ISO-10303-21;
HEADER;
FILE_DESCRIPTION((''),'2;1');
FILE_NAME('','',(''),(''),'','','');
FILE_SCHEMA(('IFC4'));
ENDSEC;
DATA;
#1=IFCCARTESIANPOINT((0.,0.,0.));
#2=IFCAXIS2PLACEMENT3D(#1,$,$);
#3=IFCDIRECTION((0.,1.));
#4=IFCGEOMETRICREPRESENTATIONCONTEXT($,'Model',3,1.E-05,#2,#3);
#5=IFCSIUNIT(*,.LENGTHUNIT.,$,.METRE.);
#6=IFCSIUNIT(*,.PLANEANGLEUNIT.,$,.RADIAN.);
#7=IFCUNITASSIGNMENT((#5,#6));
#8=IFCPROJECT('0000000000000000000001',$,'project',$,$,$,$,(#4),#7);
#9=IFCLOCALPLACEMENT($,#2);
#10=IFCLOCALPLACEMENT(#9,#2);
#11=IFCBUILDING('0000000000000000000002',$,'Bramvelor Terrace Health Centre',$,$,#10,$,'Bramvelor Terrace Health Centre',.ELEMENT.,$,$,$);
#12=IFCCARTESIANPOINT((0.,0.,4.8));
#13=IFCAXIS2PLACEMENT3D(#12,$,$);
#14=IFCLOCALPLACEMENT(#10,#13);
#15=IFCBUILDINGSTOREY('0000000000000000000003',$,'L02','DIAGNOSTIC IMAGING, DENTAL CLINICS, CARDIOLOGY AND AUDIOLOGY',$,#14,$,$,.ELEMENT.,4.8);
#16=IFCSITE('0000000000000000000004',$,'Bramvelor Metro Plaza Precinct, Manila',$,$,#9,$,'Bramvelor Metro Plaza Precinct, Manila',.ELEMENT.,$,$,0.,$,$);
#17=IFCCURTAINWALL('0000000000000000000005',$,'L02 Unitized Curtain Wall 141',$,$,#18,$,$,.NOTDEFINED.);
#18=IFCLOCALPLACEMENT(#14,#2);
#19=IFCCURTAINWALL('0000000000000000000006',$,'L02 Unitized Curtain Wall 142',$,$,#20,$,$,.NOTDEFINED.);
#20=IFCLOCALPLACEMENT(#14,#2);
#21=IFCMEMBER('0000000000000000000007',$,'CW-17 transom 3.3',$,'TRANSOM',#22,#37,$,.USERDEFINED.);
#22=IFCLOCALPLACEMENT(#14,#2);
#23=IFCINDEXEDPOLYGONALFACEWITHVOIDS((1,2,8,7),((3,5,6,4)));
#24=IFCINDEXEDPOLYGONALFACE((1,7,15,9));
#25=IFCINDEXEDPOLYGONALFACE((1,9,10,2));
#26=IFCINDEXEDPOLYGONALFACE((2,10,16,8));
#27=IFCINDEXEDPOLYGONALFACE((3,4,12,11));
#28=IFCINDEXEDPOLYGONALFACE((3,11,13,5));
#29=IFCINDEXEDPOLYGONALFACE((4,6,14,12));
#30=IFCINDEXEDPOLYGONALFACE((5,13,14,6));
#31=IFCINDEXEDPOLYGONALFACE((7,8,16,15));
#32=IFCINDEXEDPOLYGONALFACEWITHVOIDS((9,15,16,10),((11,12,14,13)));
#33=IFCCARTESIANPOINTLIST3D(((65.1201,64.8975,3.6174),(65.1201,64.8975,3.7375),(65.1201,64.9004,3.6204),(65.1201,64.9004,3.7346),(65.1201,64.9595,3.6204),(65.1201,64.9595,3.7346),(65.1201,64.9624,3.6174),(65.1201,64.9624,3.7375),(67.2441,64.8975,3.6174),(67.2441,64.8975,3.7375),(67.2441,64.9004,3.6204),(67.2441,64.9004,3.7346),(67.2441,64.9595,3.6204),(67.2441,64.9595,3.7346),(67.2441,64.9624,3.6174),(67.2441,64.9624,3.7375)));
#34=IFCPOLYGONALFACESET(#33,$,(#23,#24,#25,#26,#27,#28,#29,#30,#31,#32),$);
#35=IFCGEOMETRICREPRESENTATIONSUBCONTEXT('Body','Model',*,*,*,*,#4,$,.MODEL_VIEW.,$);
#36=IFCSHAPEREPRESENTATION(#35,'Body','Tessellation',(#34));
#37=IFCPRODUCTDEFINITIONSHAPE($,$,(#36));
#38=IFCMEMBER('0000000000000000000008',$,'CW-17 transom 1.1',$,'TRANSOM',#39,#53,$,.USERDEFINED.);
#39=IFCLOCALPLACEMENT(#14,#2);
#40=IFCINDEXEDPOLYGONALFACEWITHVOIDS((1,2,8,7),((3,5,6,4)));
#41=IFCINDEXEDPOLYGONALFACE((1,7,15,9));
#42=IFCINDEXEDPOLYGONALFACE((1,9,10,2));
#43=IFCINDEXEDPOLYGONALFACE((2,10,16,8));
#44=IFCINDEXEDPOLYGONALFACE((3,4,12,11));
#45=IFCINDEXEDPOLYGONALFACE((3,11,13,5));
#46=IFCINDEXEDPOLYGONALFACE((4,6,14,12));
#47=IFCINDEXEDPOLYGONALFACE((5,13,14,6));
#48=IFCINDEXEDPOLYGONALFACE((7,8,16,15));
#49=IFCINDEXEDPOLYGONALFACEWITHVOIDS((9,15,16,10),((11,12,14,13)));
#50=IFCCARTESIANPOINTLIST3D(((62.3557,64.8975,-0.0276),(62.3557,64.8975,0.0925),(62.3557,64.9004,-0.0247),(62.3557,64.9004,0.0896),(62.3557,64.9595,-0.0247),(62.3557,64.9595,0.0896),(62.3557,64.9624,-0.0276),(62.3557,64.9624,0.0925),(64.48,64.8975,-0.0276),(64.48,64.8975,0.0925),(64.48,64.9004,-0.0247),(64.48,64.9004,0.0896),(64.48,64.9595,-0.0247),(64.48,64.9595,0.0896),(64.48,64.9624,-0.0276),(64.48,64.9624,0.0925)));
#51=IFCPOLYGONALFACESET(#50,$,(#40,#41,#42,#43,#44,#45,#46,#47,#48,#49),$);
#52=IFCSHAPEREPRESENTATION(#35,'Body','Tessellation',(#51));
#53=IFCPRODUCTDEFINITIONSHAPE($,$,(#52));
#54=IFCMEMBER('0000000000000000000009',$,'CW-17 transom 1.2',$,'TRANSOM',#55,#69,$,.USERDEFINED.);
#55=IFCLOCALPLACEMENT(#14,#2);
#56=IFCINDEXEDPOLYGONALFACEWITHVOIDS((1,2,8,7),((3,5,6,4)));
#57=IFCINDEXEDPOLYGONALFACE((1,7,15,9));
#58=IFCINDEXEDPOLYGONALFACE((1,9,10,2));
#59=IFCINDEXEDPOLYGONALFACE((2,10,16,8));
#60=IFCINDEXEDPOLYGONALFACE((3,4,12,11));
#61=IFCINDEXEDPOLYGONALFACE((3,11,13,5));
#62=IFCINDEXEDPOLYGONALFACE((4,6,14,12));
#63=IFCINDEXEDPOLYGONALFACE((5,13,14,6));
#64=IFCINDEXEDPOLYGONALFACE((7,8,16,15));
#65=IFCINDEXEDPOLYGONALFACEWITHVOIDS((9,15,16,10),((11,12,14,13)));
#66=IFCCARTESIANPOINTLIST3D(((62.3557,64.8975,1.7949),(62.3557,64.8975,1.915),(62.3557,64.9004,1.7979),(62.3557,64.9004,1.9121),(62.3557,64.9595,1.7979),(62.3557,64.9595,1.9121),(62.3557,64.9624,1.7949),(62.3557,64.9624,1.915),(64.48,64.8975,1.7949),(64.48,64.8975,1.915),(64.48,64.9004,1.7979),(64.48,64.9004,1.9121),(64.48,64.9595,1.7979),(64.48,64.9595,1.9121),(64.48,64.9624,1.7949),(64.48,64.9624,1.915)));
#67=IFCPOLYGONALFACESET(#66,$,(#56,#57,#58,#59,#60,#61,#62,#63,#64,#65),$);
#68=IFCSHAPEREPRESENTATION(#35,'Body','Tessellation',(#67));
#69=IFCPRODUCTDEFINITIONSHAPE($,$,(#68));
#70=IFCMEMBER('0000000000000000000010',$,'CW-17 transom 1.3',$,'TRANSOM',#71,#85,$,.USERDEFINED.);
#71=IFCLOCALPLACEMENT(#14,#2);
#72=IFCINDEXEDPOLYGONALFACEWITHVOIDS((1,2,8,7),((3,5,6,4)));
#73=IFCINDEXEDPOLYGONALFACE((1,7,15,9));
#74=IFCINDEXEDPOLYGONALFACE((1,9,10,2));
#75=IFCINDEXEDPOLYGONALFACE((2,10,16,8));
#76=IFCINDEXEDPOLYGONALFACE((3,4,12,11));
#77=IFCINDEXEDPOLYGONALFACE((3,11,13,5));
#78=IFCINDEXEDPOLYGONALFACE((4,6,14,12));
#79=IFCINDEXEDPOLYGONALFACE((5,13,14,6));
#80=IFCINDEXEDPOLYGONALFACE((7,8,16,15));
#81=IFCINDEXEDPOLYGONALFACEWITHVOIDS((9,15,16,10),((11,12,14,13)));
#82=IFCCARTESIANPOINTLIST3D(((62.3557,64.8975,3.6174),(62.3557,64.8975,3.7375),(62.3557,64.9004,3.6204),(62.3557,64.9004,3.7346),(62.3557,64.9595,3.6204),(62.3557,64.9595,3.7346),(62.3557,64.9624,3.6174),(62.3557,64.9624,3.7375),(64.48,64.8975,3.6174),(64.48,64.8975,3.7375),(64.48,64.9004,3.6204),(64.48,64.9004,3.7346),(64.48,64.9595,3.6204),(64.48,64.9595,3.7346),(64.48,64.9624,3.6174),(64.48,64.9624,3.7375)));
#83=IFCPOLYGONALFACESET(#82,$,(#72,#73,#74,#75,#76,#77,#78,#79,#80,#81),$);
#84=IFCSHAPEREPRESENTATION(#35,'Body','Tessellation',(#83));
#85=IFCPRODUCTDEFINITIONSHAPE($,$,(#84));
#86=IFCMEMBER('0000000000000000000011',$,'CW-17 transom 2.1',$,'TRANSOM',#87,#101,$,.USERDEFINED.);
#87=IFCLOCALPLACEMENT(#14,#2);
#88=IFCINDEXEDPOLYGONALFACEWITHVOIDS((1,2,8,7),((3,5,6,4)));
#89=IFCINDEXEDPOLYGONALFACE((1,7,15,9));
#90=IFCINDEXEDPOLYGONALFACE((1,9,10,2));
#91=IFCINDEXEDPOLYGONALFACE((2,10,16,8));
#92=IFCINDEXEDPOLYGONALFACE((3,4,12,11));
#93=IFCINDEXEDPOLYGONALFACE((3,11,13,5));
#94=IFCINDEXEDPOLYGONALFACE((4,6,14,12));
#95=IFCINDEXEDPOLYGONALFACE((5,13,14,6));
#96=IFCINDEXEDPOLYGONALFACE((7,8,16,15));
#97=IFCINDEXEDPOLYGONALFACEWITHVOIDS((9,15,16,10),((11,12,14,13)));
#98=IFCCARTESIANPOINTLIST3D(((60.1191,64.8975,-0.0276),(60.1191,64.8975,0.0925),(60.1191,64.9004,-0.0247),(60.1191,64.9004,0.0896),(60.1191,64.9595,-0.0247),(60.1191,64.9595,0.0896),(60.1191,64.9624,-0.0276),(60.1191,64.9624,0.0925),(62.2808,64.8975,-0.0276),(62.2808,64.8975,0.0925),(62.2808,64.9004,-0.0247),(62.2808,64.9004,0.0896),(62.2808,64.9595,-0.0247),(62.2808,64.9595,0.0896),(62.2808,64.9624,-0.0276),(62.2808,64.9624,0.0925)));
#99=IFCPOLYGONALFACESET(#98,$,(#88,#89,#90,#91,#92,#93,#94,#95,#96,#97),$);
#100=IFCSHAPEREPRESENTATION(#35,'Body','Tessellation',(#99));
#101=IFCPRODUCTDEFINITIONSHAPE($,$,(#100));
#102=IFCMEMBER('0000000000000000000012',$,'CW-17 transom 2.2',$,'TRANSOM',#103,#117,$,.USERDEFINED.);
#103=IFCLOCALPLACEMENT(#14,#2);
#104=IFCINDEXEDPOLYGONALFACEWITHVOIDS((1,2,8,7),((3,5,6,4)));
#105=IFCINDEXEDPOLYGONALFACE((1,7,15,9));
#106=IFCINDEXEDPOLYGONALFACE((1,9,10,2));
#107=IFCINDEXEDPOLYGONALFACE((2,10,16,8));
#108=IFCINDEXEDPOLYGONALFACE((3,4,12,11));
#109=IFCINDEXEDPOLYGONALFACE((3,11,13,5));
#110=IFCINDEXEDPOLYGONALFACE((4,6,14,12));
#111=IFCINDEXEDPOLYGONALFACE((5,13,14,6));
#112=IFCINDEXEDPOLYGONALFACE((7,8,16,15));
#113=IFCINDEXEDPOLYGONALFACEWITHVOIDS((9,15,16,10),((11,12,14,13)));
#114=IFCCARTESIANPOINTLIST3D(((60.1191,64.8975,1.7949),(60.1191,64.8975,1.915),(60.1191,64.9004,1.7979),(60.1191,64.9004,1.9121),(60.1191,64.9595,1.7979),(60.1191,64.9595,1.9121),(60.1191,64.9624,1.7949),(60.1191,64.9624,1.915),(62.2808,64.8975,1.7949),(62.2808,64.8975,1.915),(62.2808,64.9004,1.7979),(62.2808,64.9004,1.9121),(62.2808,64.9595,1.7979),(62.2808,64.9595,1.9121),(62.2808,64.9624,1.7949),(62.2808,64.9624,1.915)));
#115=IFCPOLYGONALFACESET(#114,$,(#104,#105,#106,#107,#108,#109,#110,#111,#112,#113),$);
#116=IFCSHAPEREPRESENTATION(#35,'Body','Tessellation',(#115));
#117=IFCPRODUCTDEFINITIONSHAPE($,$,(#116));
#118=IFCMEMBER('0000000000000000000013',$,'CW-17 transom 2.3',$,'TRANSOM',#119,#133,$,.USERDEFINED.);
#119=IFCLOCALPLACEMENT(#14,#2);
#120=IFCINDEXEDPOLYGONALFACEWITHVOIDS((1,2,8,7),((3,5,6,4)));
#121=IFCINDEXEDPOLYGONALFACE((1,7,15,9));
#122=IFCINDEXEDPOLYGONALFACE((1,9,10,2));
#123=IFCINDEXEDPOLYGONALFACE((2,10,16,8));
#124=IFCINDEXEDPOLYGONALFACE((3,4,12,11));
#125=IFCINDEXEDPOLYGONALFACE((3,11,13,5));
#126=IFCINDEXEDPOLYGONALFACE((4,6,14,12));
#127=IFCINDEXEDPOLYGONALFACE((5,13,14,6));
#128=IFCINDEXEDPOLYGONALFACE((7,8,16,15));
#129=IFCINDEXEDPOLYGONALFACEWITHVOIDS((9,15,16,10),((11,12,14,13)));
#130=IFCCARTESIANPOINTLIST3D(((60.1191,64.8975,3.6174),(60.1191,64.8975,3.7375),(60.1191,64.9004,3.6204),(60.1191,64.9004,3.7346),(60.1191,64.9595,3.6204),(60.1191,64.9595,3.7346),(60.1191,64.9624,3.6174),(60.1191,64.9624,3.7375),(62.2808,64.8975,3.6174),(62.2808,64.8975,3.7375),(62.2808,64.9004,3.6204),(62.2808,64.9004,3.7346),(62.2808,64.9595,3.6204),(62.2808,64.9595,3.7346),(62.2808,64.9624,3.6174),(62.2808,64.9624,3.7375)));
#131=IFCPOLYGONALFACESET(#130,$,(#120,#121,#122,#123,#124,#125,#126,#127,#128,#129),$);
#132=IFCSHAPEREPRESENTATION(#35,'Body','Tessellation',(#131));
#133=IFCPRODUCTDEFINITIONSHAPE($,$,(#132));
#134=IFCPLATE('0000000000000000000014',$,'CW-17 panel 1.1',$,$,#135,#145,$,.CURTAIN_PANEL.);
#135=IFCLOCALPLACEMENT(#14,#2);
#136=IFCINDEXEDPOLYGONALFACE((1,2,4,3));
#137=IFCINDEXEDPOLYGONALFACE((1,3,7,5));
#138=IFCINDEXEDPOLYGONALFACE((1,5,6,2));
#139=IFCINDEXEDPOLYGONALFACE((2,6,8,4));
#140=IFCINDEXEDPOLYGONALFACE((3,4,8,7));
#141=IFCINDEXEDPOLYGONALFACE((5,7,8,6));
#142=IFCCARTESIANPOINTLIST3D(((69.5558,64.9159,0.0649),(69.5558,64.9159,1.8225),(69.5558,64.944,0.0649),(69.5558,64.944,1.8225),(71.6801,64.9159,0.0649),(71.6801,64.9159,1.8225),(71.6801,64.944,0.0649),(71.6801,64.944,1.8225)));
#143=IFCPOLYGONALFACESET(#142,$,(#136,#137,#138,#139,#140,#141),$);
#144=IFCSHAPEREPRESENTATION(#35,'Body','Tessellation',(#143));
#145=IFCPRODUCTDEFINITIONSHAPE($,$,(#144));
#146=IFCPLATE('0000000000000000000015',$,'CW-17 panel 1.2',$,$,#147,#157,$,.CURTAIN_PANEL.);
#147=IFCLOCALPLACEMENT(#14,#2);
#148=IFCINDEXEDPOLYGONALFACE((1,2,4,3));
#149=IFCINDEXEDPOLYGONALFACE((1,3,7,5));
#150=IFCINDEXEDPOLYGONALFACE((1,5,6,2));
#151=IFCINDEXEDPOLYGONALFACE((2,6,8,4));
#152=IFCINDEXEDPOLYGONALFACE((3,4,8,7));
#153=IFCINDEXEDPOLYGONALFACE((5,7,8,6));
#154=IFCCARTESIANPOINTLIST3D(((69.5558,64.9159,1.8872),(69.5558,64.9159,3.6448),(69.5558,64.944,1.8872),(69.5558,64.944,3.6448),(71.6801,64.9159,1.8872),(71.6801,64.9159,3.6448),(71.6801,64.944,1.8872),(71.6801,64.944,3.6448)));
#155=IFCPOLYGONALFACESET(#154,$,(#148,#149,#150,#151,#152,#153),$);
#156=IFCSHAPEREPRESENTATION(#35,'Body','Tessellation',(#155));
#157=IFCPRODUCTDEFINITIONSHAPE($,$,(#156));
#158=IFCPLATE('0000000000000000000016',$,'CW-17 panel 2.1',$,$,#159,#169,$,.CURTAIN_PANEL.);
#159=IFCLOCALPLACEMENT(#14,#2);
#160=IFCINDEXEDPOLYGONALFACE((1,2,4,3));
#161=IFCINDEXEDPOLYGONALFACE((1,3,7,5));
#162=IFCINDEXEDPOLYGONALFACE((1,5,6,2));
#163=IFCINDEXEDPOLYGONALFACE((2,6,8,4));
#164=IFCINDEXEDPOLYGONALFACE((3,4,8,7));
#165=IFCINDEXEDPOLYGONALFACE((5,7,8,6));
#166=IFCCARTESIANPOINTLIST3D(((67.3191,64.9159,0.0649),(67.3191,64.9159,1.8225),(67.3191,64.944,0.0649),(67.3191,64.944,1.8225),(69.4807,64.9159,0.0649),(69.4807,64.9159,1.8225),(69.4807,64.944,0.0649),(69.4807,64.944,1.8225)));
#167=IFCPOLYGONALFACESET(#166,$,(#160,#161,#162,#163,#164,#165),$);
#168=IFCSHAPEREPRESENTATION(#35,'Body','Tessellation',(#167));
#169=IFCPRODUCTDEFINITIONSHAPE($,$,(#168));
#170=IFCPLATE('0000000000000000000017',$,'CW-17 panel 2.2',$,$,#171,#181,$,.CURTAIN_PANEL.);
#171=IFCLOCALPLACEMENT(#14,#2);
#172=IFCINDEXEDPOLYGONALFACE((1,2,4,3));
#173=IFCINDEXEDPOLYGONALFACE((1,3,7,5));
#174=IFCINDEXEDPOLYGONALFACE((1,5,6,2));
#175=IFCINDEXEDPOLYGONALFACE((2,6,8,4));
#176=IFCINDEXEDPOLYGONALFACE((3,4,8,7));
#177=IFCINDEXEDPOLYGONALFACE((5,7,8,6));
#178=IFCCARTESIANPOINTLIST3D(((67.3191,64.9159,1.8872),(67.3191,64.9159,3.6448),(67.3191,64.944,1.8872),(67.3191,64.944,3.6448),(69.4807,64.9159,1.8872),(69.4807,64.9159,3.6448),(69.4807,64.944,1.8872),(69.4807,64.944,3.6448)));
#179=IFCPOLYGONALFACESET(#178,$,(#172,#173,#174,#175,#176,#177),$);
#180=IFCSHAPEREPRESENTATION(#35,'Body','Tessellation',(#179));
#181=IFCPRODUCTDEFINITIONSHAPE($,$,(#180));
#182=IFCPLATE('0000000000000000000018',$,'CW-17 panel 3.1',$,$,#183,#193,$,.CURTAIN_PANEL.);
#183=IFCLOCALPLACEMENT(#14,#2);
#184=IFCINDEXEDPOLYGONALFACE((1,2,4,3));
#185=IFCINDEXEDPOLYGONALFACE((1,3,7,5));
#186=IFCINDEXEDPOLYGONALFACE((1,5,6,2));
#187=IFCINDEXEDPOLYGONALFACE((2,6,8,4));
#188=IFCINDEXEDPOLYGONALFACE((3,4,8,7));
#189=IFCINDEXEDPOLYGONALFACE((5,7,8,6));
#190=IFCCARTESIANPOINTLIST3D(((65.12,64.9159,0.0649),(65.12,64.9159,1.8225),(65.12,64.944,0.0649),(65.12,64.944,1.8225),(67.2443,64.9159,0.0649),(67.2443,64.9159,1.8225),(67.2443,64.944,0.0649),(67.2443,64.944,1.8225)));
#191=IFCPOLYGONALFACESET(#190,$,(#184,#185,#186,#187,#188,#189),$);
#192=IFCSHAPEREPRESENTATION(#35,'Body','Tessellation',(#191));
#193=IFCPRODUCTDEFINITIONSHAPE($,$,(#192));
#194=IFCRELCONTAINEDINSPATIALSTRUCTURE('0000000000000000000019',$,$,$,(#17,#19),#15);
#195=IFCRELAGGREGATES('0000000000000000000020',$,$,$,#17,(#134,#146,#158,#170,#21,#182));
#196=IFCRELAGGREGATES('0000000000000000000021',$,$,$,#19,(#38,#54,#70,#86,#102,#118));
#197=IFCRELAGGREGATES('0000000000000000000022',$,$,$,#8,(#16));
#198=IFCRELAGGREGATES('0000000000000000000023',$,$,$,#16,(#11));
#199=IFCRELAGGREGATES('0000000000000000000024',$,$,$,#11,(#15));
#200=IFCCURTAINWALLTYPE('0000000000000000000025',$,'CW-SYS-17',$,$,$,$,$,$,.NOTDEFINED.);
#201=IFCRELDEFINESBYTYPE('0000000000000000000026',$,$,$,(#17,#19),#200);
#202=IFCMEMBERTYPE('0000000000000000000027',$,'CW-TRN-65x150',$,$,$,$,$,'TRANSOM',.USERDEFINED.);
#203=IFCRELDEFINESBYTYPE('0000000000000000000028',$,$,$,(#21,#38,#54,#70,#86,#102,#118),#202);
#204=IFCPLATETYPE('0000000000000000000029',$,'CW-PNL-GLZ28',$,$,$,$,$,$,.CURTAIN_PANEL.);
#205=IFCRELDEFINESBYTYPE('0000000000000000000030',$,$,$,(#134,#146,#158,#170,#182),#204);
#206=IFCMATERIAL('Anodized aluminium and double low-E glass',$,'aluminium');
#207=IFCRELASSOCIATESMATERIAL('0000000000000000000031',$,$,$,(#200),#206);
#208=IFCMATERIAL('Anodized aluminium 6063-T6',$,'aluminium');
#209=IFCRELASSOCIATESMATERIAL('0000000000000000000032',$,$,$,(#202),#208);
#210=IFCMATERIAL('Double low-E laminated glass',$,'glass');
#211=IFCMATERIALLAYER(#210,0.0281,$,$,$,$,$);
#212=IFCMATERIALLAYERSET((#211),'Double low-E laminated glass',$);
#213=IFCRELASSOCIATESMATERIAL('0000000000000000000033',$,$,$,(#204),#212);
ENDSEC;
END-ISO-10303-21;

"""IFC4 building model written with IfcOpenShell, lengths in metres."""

from ifc_helpers import new_model, si_unit, direction, frame, origin, origin_2d, place, context, subcontext, project, spatial, rectangle, hollow_rectangle, extrude, material, layer, layer_set, material_profile, profile_set, type_object, element, aggregate, save


model = new_model("IFC4")

# Units and contexts
model_context = context("Model", 3, precision=1e-05, world=origin(), true_north=direction((0.0, 1.0)))
body_context = subcontext(model_context, "Body", "Model", "MODEL_VIEW")
ifc_project = project(units=[si_unit("LENGTHUNIT", "METRE"), si_unit("PLANEANGLEUNIT", "RADIAN")], contexts=[model_context])

# Site, building, storey
site_placement = place(None, origin())
site = spatial("IfcSite", under=ifc_project, at=site_placement, Name="Bramvelor Metro Plaza Precinct, Manila", LongName="Bramvelor Metro Plaza Precinct, Manila", CompositionType="ELEMENT", RefElevation=0.0)
building_placement = place(site_placement, origin())
building = spatial("IfcBuilding", under=site, at=building_placement, Name="Bramvelor Terrace Health Centre", LongName="Bramvelor Terrace Health Centre", CompositionType="ELEMENT")
storey_placement = place(building_placement, frame((0.0, 0.0, 4.8)))
storey = spatial("IfcBuildingStorey", under=building, at=storey_placement, Name="L02", Description="DIAGNOSTIC IMAGING, DENTAL CLINICS, CARDIOLOGY AND AUDIOLOGY", CompositionType="ELEMENT", Elevation=4.8)

# Shared definitions
ifc_material_1 = material(Name="Anodized aluminium and double low-E glass", Category="aluminium")
curtain_wall_type = type_object("IfcCurtainWallType", Name="CW-SYS-17", PredefinedType="NOTDEFINED", material=ifc_material_1)

# Curtain walls
curtain_wall_1_placement = place(storey_placement, origin())
curtain_wall_1 = element("IfcCurtainWall", 1, at=curtain_wall_1_placement, inside=storey, type_object=curtain_wall_type, Name="L02 Unitized Curtain Wall 141", PredefinedType="NOTDEFINED")
curtain_wall_2_placement = place(storey_placement, origin())
curtain_wall_2 = element("IfcCurtainWall", 2, at=curtain_wall_2_placement, inside=storey, type_object=curtain_wall_type, Name="L02 Unitized Curtain Wall 142", PredefinedType="NOTDEFINED")

# Members
ifc_material_2 = material(Name="Anodized aluminium 6063-T6", Category="aluminium")
ifc_material_profile_1 = material_profile(ifc_material_2, hollow_rectangle(XDim=0.0649, YDim=0.1201, WallThickness=0.0029, at=origin_2d()), Name="ALU-TRN 65x120x3.0")
ifc_profile_set_1 = profile_set([ifc_material_profile_1], Name="Anodized aluminium 6063-T6")
member_type_1 = type_object("IfcMemberType", Name="CW-TRN-65x150", ElementType="TRANSOM", PredefinedType="USERDEFINED", material=ifc_profile_set_1)
member_1_placement = place(storey_placement, frame((67.2441, 64.9299, 3.6775), z_axis=(-1.0, 0.0, 0.0), x_axis=(0.0, -1.0, 0.0)))
member_1 = element("IfcMember", 3, at=member_1_placement, type_object=member_type_1, Name="CW-17 transom 3.3", ObjectType="TRANSOM", PredefinedType="USERDEFINED", context=body_context, shape_type="SweptSolid", body=[
    extrude(hollow_rectangle(XDim=0.0649, YDim=0.1201, WallThickness=0.0029, at=origin_2d()), origin(), (0.0, 0.0, 1.0), 2.124),
])
member_2_placement = place(storey_placement, frame((64.48, 64.9299, 0.0325), z_axis=(-1.0, 0.0, 0.0), x_axis=(0.0, -1.0, 0.0)))
member_2 = element("IfcMember", 4, at=member_2_placement, type_object=member_type_1, Name="CW-17 transom 1.1", ObjectType="TRANSOM", PredefinedType="USERDEFINED", context=body_context, shape_type="SweptSolid", body=[
    extrude(hollow_rectangle(XDim=0.0649, YDim=0.1201, WallThickness=0.0029, at=origin_2d()), origin(), (0.0, 0.0, 1.0), 2.1243),
])
member_3_placement = place(storey_placement, frame((64.48, 64.9299, 1.855), z_axis=(-1.0, 0.0, 0.0), x_axis=(0.0, -1.0, 0.0)))
member_3 = element("IfcMember", 5, at=member_3_placement, type_object=member_type_1, Name="CW-17 transom 1.2", ObjectType="TRANSOM", PredefinedType="USERDEFINED", context=body_context, shape_type="SweptSolid", body=[
    extrude(hollow_rectangle(XDim=0.0649, YDim=0.1201, WallThickness=0.0029, at=origin_2d()), origin(), (0.0, 0.0, 1.0), 2.1243),
])
member_4_placement = place(storey_placement, frame((64.48, 64.9299, 3.6775), z_axis=(-1.0, 0.0, 0.0), x_axis=(0.0, -1.0, 0.0)))
member_4 = element("IfcMember", 6, at=member_4_placement, type_object=member_type_1, Name="CW-17 transom 1.3", ObjectType="TRANSOM", PredefinedType="USERDEFINED", context=body_context, shape_type="SweptSolid", body=[
    extrude(hollow_rectangle(XDim=0.0649, YDim=0.1201, WallThickness=0.0029, at=origin_2d()), origin(), (0.0, 0.0, 1.0), 2.1243),
])
member_5_placement = place(storey_placement, frame((62.2808, 64.9299, 0.0325), z_axis=(-1.0, 0.0, 0.0), x_axis=(0.0, -1.0, 0.0)))
member_5 = element("IfcMember", 7, at=member_5_placement, type_object=member_type_1, Name="CW-17 transom 2.1", ObjectType="TRANSOM", PredefinedType="USERDEFINED", context=body_context, shape_type="SweptSolid", body=[
    extrude(hollow_rectangle(XDim=0.0649, YDim=0.1201, WallThickness=0.0029, at=origin_2d()), origin(), (0.0, 0.0, 1.0), 2.1616),
])
member_6_placement = place(storey_placement, frame((62.2808, 64.9299, 1.855), z_axis=(-1.0, 0.0, 0.0), x_axis=(0.0, -1.0, 0.0)))
member_6 = element("IfcMember", 8, at=member_6_placement, type_object=member_type_1, Name="CW-17 transom 2.2", ObjectType="TRANSOM", PredefinedType="USERDEFINED", context=body_context, shape_type="SweptSolid", body=[
    extrude(hollow_rectangle(XDim=0.0649, YDim=0.1201, WallThickness=0.0029, at=origin_2d()), origin(), (0.0, 0.0, 1.0), 2.1616),
])
member_7_placement = place(storey_placement, frame((62.2808, 64.9299, 3.6775), z_axis=(-1.0, 0.0, 0.0), x_axis=(0.0, -1.0, 0.0)))
member_7 = element("IfcMember", 9, at=member_7_placement, type_object=member_type_1, Name="CW-17 transom 2.3", ObjectType="TRANSOM", PredefinedType="USERDEFINED", context=body_context, shape_type="SweptSolid", body=[
    extrude(hollow_rectangle(XDim=0.0649, YDim=0.1201, WallThickness=0.0029, at=origin_2d()), origin(), (0.0, 0.0, 1.0), 2.1616),
])

# Plates
ifc_material_3 = material(Name="Double low-E laminated glass", Category="glass")
ifc_layer = layer(ifc_material_3, 0.0281)
ifc_layer_set = layer_set([ifc_layer], Name="Double low-E laminated glass")
plate_type = type_object("IfcPlateType", Name="CW-PNL-GLZ28", PredefinedType="CURTAIN_PANEL", material=ifc_layer_set)
plate_1_placement = place(storey_placement, frame((70.6179, 64.9299, 0.0649), z_axis=(0.0, 0.0, 1.0), x_axis=(-1.0, 0.0, 0.0)))
plate_1 = element("IfcPlate", 10, at=plate_1_placement, type_object=plate_type, Name="CW-17 panel 1.1", PredefinedType="CURTAIN_PANEL", context=body_context, shape_type="SweptSolid", body=[
    extrude(rectangle(XDim=2.1243, YDim=0.0281, at=origin_2d()), origin(), (0.0, 0.0, 1.0), 1.7576),
])
plate_2_placement = place(storey_placement, frame((70.6179, 64.9299, 1.8872), z_axis=(0.0, 0.0, 1.0), x_axis=(-1.0, 0.0, 0.0)))
plate_2 = element("IfcPlate", 11, at=plate_2_placement, type_object=plate_type, Name="CW-17 panel 1.2", PredefinedType="CURTAIN_PANEL", context=body_context, shape_type="SweptSolid", body=[
    extrude(rectangle(XDim=2.1243, YDim=0.0281, at=origin_2d()), origin(), (0.0, 0.0, 1.0), 1.7576),
])
plate_3_placement = place(storey_placement, frame((68.3999, 64.9299, 0.0649), z_axis=(0.0, 0.0, 1.0), x_axis=(-1.0, 0.0, 0.0)))
plate_3 = element("IfcPlate", 12, at=plate_3_placement, type_object=plate_type, Name="CW-17 panel 2.1", PredefinedType="CURTAIN_PANEL", context=body_context, shape_type="SweptSolid", body=[
    extrude(rectangle(XDim=2.1616, YDim=0.0281, at=origin_2d()), origin(), (0.0, 0.0, 1.0), 1.7576),
])
plate_4_placement = place(storey_placement, frame((68.3999, 64.9299, 1.8872), z_axis=(0.0, 0.0, 1.0), x_axis=(-1.0, 0.0, 0.0)))
plate_4 = element("IfcPlate", 13, at=plate_4_placement, type_object=plate_type, Name="CW-17 panel 2.2", PredefinedType="CURTAIN_PANEL", context=body_context, shape_type="SweptSolid", body=[
    extrude(rectangle(XDim=2.1616, YDim=0.0281, at=origin_2d()), origin(), (0.0, 0.0, 1.0), 1.7576),
])
plate_5_placement = place(storey_placement, frame((66.1821, 64.9299, 0.0649), z_axis=(0.0, 0.0, 1.0), x_axis=(-1.0, 0.0, 0.0)))
plate_5 = element("IfcPlate", 14, at=plate_5_placement, type_object=plate_type, Name="CW-17 panel 3.1", PredefinedType="CURTAIN_PANEL", context=body_context, shape_type="SweptSolid", body=[
    extrude(rectangle(XDim=2.1243, YDim=0.0281, at=origin_2d()), origin(), (0.0, 0.0, 1.0), 1.7576),
])
aggregate(curtain_wall_1, [plate_1, plate_2, plate_3, plate_4, member_1, plate_5])
aggregate(curtain_wall_2, [member_2, member_3, member_4, member_5, member_6, member_7])

save(model, "model.ifc")
